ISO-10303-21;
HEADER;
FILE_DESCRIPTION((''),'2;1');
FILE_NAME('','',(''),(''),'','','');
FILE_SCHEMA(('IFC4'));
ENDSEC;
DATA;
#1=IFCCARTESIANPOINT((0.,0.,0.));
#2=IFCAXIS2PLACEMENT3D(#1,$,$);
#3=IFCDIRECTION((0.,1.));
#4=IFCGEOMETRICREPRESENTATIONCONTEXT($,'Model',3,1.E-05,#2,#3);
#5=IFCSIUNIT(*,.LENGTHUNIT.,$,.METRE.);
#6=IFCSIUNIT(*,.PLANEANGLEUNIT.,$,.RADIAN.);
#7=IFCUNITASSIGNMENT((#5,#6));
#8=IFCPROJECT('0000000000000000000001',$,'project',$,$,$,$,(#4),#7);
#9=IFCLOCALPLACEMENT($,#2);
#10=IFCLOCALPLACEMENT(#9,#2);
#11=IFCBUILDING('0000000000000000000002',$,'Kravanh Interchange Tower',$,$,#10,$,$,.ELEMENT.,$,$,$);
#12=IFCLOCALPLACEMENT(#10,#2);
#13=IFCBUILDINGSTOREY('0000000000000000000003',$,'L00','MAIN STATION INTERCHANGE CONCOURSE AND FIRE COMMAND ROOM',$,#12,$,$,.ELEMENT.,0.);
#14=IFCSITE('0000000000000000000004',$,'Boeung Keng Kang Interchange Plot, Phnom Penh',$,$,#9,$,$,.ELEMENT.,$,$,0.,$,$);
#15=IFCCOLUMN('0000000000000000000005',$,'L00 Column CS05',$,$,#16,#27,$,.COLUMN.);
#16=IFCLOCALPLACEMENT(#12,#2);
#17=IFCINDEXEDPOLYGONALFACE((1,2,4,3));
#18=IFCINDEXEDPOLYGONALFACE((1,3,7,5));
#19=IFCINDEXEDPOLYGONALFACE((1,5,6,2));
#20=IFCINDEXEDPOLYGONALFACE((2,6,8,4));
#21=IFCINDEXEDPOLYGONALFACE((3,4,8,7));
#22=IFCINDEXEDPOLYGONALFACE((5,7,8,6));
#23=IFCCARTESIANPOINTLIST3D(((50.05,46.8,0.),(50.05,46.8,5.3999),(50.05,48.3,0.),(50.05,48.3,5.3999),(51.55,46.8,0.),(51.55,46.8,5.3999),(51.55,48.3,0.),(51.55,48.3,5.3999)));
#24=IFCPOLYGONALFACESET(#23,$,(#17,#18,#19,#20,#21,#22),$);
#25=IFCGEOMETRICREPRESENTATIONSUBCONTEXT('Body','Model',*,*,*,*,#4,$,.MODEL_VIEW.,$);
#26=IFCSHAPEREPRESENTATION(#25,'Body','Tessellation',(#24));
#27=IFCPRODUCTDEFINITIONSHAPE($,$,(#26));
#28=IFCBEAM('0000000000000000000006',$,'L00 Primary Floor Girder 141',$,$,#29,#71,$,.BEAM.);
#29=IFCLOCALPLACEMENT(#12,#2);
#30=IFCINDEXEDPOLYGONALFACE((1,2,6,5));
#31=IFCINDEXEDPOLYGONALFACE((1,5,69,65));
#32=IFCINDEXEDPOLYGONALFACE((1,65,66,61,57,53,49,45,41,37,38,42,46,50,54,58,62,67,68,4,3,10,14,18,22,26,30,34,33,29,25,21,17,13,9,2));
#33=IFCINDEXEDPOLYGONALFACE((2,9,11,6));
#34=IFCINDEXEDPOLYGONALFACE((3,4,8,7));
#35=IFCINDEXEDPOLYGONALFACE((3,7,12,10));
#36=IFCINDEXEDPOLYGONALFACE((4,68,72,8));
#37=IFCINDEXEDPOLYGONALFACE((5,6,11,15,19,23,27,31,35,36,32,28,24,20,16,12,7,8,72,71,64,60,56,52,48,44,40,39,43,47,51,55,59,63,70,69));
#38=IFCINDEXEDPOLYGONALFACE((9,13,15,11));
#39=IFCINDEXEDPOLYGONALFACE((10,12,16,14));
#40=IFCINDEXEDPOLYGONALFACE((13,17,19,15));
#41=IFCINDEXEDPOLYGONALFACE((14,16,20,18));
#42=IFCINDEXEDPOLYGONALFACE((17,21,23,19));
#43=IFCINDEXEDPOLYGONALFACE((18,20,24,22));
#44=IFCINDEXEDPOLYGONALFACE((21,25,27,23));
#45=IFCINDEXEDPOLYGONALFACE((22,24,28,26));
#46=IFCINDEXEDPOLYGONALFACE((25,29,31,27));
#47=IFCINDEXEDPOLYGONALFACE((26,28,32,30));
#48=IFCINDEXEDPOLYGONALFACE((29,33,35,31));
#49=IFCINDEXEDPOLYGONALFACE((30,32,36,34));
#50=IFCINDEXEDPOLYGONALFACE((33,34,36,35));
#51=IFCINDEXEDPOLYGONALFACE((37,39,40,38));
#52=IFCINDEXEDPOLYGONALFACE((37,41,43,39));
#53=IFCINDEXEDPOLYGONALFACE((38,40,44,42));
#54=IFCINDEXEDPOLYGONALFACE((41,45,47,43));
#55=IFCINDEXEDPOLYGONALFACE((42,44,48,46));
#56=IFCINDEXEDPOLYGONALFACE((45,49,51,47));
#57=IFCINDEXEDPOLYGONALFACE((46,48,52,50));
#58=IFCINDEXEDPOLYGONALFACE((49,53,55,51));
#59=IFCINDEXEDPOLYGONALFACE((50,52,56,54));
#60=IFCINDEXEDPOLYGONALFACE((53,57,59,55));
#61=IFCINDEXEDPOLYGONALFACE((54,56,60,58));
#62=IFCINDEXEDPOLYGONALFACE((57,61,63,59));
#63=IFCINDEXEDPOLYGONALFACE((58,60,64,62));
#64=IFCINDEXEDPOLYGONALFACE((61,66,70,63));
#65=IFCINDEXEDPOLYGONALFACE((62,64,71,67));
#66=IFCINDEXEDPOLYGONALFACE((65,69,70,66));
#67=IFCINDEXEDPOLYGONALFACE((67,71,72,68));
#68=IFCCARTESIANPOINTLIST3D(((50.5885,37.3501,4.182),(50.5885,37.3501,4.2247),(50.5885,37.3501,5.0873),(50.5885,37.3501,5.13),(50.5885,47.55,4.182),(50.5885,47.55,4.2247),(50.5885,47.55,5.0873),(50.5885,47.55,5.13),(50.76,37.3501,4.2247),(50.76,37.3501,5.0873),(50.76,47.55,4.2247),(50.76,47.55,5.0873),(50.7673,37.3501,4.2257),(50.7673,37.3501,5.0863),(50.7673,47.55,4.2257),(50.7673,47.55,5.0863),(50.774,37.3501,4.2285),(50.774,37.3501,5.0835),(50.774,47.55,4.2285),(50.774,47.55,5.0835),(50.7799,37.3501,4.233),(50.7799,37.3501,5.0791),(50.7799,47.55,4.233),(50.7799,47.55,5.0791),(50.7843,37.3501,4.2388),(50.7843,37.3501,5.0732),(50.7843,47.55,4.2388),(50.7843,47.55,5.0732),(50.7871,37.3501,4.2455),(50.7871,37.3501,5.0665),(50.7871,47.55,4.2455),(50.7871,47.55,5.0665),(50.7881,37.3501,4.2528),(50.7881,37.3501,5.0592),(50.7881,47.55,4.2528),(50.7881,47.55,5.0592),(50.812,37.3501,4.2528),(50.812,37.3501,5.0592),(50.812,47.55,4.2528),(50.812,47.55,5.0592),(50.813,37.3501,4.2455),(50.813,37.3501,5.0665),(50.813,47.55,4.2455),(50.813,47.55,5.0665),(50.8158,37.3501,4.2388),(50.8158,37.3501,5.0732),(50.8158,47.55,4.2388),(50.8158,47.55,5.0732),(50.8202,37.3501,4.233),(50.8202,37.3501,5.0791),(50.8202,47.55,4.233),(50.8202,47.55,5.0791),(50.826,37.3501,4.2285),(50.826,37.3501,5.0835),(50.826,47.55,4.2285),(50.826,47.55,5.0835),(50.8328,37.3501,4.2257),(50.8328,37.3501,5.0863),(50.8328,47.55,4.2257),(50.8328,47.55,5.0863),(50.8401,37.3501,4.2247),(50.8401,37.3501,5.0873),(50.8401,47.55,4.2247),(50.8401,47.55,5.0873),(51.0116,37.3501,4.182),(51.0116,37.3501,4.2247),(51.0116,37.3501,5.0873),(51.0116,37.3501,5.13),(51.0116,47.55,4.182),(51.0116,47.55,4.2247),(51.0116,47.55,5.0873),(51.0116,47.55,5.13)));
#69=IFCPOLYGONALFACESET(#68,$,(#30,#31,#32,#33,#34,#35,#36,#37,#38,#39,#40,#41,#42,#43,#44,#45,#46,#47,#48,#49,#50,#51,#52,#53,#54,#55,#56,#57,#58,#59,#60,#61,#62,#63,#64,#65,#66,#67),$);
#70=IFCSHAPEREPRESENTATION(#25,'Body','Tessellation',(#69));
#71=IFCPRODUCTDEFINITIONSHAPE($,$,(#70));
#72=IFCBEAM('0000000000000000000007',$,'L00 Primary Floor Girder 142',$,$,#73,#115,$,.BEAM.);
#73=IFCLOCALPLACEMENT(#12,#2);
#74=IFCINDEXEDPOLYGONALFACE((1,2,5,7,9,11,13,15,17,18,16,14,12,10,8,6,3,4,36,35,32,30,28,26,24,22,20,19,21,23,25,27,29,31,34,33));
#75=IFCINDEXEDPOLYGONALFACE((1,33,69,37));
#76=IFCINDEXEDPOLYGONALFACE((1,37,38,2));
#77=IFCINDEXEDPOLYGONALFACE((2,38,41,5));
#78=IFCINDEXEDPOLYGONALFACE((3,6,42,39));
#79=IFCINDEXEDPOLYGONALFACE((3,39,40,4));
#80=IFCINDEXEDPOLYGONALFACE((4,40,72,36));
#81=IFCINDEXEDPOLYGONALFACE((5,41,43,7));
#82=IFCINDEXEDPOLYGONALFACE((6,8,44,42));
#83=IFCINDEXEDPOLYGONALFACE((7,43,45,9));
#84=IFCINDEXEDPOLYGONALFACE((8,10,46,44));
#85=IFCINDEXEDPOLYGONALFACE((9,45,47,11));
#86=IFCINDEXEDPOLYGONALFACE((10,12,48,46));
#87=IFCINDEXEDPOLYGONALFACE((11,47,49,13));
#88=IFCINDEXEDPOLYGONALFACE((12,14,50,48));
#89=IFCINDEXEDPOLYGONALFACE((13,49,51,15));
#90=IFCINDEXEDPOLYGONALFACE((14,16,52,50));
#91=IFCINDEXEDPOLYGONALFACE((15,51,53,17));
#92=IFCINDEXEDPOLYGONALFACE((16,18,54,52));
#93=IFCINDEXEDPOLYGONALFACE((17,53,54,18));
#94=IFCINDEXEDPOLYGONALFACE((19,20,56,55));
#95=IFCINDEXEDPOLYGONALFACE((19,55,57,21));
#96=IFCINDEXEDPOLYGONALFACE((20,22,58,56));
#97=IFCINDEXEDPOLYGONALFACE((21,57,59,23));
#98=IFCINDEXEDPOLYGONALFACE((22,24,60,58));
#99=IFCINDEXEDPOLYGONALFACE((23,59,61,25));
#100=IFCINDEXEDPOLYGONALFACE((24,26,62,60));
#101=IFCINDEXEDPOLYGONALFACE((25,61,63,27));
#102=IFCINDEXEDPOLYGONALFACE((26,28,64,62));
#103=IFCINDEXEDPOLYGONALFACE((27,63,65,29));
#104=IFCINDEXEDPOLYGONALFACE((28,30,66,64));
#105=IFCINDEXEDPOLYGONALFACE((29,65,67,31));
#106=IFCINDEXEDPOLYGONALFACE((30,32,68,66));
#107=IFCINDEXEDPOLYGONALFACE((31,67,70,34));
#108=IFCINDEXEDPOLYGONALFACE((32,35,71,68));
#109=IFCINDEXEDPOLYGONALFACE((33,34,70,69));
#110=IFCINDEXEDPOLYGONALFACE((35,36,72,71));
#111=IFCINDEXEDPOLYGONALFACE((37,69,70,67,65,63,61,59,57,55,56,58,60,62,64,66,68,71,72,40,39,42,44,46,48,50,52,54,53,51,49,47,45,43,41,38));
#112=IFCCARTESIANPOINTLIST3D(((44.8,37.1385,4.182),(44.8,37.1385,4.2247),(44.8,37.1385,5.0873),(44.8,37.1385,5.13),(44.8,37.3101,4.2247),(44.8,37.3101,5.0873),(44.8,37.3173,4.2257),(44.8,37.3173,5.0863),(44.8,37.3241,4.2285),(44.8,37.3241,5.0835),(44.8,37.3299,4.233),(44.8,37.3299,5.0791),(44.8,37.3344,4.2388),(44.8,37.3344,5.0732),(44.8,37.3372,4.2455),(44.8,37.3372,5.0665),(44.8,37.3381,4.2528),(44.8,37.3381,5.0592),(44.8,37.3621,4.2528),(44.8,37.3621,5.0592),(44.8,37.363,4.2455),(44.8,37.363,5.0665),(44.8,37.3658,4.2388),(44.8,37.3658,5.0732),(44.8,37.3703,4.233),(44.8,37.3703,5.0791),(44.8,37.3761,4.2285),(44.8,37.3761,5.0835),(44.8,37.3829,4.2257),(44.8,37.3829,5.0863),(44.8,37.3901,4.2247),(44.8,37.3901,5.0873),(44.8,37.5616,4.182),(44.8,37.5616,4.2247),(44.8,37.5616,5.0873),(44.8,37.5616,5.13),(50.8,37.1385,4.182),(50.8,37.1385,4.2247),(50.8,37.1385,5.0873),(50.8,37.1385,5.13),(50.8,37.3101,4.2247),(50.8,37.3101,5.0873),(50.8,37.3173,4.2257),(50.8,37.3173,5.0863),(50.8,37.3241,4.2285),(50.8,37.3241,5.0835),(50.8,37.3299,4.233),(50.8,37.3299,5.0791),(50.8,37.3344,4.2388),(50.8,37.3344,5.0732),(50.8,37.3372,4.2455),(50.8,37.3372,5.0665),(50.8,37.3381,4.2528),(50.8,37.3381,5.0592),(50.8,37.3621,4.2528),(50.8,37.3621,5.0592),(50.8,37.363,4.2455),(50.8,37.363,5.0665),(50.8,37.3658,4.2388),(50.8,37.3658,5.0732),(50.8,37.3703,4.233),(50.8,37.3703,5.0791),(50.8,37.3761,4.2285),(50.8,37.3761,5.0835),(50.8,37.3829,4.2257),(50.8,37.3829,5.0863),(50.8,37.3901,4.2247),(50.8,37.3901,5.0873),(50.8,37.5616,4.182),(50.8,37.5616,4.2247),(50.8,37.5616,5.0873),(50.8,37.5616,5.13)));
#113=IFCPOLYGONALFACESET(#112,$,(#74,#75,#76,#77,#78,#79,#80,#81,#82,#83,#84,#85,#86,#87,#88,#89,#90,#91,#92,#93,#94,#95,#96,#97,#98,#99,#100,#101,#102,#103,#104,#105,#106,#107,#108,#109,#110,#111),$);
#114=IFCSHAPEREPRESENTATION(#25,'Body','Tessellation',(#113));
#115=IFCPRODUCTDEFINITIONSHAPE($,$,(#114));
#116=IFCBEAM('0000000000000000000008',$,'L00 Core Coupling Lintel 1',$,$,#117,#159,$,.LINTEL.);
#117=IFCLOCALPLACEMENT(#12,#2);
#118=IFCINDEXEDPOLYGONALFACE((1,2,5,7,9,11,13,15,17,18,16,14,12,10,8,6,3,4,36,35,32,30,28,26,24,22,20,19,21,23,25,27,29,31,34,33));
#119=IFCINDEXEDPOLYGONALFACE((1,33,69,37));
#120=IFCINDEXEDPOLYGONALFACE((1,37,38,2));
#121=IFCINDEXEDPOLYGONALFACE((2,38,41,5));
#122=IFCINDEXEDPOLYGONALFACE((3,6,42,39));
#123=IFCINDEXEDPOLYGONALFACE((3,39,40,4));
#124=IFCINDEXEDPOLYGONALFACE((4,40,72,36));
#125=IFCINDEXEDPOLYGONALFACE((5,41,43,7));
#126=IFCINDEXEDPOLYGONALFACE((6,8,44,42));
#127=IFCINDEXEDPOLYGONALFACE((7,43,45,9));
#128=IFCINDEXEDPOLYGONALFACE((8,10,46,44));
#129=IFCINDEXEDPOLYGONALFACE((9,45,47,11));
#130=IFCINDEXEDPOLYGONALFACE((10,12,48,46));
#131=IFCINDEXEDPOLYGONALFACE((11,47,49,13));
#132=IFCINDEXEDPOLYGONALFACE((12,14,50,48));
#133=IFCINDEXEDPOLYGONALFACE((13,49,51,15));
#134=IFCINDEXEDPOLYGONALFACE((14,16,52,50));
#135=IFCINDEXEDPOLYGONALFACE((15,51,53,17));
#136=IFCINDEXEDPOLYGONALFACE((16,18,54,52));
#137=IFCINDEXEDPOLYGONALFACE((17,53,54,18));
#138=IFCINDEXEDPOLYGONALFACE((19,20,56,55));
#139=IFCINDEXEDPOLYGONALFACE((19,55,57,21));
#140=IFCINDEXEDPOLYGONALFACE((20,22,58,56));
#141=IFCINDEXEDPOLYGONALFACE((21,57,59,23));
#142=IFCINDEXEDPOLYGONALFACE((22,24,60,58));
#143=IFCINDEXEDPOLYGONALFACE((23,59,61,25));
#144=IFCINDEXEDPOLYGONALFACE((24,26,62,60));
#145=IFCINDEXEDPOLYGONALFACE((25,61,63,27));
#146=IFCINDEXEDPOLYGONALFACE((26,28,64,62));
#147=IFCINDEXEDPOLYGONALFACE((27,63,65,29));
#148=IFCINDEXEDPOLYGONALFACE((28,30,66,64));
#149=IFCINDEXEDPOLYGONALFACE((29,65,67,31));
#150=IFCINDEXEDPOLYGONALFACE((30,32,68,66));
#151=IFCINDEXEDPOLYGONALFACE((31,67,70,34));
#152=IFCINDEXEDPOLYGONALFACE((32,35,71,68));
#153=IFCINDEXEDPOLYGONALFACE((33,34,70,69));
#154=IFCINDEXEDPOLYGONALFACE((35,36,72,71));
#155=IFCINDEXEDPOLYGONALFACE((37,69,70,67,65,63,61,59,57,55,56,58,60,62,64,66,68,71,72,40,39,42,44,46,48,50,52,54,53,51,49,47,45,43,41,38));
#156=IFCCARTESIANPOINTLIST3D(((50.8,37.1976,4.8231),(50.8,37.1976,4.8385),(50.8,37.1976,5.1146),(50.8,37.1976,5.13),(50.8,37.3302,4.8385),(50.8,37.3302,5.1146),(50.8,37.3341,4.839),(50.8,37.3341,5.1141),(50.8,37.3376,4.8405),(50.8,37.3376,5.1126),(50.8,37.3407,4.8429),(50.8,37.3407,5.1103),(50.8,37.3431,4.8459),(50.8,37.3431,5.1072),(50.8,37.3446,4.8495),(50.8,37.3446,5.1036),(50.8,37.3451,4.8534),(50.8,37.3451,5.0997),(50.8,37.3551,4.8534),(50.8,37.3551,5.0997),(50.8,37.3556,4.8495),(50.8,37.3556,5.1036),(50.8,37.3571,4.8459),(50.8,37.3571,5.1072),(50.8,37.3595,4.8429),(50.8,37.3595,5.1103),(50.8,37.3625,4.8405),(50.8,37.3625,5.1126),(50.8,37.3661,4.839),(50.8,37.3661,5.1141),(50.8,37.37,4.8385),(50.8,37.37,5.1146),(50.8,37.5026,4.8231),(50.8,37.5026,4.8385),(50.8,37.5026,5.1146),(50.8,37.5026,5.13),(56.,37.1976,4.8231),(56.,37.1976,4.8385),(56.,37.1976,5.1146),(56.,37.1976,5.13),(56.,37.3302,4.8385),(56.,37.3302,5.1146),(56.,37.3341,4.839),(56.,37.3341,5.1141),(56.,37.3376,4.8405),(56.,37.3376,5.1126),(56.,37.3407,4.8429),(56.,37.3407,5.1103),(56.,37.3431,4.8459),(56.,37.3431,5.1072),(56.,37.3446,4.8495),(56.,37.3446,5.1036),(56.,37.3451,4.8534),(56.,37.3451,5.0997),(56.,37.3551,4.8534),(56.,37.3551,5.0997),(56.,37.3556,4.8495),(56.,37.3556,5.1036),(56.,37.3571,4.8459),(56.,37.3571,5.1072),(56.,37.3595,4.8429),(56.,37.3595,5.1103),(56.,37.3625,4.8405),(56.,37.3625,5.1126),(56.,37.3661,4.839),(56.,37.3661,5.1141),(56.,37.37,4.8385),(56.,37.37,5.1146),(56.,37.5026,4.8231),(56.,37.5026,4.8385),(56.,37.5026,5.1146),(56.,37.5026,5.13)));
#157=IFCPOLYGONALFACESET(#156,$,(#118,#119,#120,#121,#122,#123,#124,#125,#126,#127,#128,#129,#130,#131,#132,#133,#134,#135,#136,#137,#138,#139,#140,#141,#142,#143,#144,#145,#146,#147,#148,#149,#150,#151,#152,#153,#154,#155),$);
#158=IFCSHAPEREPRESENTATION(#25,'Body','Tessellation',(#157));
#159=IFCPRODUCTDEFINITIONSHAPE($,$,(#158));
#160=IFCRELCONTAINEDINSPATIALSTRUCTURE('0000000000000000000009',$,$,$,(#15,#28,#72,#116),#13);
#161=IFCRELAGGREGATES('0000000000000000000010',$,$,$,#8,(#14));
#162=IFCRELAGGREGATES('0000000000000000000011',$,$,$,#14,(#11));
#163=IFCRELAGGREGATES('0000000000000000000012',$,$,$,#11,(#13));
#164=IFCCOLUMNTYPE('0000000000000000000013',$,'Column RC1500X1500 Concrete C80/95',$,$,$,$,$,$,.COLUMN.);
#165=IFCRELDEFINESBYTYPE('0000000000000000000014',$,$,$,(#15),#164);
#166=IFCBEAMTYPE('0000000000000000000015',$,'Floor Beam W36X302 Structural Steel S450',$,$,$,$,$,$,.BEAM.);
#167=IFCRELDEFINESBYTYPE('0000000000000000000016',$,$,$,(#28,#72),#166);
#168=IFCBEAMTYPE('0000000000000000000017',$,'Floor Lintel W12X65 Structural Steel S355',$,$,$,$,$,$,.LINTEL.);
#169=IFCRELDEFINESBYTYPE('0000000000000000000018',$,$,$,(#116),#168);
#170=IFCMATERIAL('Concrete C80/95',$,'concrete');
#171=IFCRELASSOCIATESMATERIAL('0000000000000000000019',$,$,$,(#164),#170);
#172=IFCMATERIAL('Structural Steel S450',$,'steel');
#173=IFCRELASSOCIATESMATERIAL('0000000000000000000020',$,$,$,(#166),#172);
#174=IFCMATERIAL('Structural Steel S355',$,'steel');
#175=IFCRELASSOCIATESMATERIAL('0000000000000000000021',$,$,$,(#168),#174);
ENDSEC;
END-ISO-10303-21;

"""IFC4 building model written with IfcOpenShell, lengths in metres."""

from ifc_helpers import new_model, si_unit, direction, frame, origin, origin_2d, place, context, subcontext, project, spatial, rectangle, i_section, extrude, material, material_profile, profile_set, type_object, element, save


model = new_model("IFC4")

# Units and contexts
model_context = context("Model", 3, precision=1e-05, world=origin(), true_north=direction((0.0, 1.0)))
body_context = subcontext(model_context, "Body", "Model", "MODEL_VIEW")
ifc_project = project(units=[si_unit("LENGTHUNIT", "METRE"), si_unit("PLANEANGLEUNIT", "RADIAN")], contexts=[model_context])

# Site, building, storey
site_placement = place(None, origin())
site = spatial("IfcSite", under=ifc_project, at=site_placement, Name="Boeung Keng Kang Interchange Plot, Phnom Penh", CompositionType="ELEMENT", RefElevation=0.0)
building_placement = place(site_placement, origin())
building = spatial("IfcBuilding", under=site, at=building_placement, Name="Kravanh Interchange Tower", CompositionType="ELEMENT")
storey_placement = place(building_placement, origin())
storey = spatial("IfcBuildingStorey", under=building, at=storey_placement, Name="L00", Description="MAIN STATION INTERCHANGE CONCOURSE AND FIRE COMMAND ROOM", CompositionType="ELEMENT", Elevation=0.0)

# Column
ifc_material_1 = material(Name="Concrete C80/95", Category="concrete")
ifc_material_profile_1 = material_profile(ifc_material_1, rectangle(XDim=1.5, YDim=1.5, at=origin_2d()), Name="RC1500X1500")
ifc_profile_set_1 = profile_set([ifc_material_profile_1], Name="Concrete C80/95")
column_type = type_object("IfcColumnType", Name="Column RC1500X1500 Concrete C80/95", PredefinedType="COLUMN", material=ifc_profile_set_1)
column_placement = place(storey_placement, frame((50.8, 47.55, 0.0), z_axis=(0.0, 0.0, 1.0), x_axis=(1.0, 0.0, 0.0)))
element("IfcColumn", 1, at=column_placement, inside=storey, type_object=column_type, Name="L00 Column CS05", PredefinedType="COLUMN", context=body_context, shape_type="SweptSolid", body=[
    extrude(rectangle(XDim=1.5, YDim=1.5, at=origin_2d()), origin(), (0.0, 0.0, 1.0), 5.3999),
])

# Beams
ifc_material_2 = material(Name="Structural Steel S450", Category="steel")
ifc_material_profile_2 = material_profile(ifc_material_2, i_section(OverallWidth=0.4231, OverallDepth=0.948, WebThickness=0.0239, FlangeThickness=0.0427, FilletRadius=0.0281, at=origin_2d()), Name="W36X302")
ifc_profile_set_2 = profile_set([ifc_material_profile_2], Name="Structural Steel S450")
beam_type_1 = type_object("IfcBeamType", Name="Floor Beam W36X302 Structural Steel S450", PredefinedType="BEAM", material=ifc_profile_set_2)
beam_1_placement = place(storey_placement, frame((50.8, 47.55, 4.656), z_axis=(0.0, -1.0, 0.0), x_axis=(1.0, 0.0, 0.0)))
element("IfcBeam", 2, at=beam_1_placement, inside=storey, type_object=beam_type_1, Name="L00 Primary Floor Girder 141", PredefinedType="BEAM", context=body_context, shape_type="SweptSolid", body=[
    extrude(i_section(OverallWidth=0.4231, OverallDepth=0.948, WebThickness=0.0239, FlangeThickness=0.0427, FilletRadius=0.0281, at=origin_2d()), origin(), (0.0, 0.0, 1.0), 10.2),
])
beam_2_placement = place(storey_placement, frame((50.8, 37.3501, 4.656), z_axis=(-1.0, 0.0, 0.0), x_axis=(0.0, -1.0, 0.0)))
element("IfcBeam", 3, at=beam_2_placement, inside=storey, type_object=beam_type_1, Name="L00 Primary Floor Girder 142", PredefinedType="BEAM", context=body_context, shape_type="SweptSolid", body=[
    extrude(i_section(OverallWidth=0.4231, OverallDepth=0.948, WebThickness=0.0239, FlangeThickness=0.0427, FilletRadius=0.0281, at=origin_2d()), origin(), (0.0, 0.0, 1.0), 6.0),
])
ifc_material_3 = material(Name="Structural Steel S355", Category="steel")
ifc_material_profile_3 = material_profile(ifc_material_3, i_section(OverallWidth=0.3049, OverallDepth=0.3069, WebThickness=0.01, FlangeThickness=0.0154, FilletRadius=0.0149, at=origin_2d()), Name="W12X65")
ifc_profile_set_3 = profile_set([ifc_material_profile_3], Name="Structural Steel S355")
beam_type_2 = type_object("IfcBeamType", Name="Floor Lintel W12X65 Structural Steel S355", PredefinedType="LINTEL", material=ifc_profile_set_3)
beam_3_placement = place(storey_placement, frame((50.8, 37.3501, 4.9766), z_axis=(1.0, 0.0, 0.0), x_axis=(0.0, 1.0, 0.0)))
element("IfcBeam", 4, at=beam_3_placement, inside=storey, type_object=beam_type_2, Name="L00 Core Coupling Lintel 1", PredefinedType="LINTEL", context=body_context, shape_type="SweptSolid", body=[
    extrude(i_section(OverallWidth=0.3049, OverallDepth=0.3069, WebThickness=0.01, FlangeThickness=0.0154, FilletRadius=0.0149, at=origin_2d()), origin(), (0.0, 0.0, 1.0), 5.2),
])

save(model, "model.ifc")
